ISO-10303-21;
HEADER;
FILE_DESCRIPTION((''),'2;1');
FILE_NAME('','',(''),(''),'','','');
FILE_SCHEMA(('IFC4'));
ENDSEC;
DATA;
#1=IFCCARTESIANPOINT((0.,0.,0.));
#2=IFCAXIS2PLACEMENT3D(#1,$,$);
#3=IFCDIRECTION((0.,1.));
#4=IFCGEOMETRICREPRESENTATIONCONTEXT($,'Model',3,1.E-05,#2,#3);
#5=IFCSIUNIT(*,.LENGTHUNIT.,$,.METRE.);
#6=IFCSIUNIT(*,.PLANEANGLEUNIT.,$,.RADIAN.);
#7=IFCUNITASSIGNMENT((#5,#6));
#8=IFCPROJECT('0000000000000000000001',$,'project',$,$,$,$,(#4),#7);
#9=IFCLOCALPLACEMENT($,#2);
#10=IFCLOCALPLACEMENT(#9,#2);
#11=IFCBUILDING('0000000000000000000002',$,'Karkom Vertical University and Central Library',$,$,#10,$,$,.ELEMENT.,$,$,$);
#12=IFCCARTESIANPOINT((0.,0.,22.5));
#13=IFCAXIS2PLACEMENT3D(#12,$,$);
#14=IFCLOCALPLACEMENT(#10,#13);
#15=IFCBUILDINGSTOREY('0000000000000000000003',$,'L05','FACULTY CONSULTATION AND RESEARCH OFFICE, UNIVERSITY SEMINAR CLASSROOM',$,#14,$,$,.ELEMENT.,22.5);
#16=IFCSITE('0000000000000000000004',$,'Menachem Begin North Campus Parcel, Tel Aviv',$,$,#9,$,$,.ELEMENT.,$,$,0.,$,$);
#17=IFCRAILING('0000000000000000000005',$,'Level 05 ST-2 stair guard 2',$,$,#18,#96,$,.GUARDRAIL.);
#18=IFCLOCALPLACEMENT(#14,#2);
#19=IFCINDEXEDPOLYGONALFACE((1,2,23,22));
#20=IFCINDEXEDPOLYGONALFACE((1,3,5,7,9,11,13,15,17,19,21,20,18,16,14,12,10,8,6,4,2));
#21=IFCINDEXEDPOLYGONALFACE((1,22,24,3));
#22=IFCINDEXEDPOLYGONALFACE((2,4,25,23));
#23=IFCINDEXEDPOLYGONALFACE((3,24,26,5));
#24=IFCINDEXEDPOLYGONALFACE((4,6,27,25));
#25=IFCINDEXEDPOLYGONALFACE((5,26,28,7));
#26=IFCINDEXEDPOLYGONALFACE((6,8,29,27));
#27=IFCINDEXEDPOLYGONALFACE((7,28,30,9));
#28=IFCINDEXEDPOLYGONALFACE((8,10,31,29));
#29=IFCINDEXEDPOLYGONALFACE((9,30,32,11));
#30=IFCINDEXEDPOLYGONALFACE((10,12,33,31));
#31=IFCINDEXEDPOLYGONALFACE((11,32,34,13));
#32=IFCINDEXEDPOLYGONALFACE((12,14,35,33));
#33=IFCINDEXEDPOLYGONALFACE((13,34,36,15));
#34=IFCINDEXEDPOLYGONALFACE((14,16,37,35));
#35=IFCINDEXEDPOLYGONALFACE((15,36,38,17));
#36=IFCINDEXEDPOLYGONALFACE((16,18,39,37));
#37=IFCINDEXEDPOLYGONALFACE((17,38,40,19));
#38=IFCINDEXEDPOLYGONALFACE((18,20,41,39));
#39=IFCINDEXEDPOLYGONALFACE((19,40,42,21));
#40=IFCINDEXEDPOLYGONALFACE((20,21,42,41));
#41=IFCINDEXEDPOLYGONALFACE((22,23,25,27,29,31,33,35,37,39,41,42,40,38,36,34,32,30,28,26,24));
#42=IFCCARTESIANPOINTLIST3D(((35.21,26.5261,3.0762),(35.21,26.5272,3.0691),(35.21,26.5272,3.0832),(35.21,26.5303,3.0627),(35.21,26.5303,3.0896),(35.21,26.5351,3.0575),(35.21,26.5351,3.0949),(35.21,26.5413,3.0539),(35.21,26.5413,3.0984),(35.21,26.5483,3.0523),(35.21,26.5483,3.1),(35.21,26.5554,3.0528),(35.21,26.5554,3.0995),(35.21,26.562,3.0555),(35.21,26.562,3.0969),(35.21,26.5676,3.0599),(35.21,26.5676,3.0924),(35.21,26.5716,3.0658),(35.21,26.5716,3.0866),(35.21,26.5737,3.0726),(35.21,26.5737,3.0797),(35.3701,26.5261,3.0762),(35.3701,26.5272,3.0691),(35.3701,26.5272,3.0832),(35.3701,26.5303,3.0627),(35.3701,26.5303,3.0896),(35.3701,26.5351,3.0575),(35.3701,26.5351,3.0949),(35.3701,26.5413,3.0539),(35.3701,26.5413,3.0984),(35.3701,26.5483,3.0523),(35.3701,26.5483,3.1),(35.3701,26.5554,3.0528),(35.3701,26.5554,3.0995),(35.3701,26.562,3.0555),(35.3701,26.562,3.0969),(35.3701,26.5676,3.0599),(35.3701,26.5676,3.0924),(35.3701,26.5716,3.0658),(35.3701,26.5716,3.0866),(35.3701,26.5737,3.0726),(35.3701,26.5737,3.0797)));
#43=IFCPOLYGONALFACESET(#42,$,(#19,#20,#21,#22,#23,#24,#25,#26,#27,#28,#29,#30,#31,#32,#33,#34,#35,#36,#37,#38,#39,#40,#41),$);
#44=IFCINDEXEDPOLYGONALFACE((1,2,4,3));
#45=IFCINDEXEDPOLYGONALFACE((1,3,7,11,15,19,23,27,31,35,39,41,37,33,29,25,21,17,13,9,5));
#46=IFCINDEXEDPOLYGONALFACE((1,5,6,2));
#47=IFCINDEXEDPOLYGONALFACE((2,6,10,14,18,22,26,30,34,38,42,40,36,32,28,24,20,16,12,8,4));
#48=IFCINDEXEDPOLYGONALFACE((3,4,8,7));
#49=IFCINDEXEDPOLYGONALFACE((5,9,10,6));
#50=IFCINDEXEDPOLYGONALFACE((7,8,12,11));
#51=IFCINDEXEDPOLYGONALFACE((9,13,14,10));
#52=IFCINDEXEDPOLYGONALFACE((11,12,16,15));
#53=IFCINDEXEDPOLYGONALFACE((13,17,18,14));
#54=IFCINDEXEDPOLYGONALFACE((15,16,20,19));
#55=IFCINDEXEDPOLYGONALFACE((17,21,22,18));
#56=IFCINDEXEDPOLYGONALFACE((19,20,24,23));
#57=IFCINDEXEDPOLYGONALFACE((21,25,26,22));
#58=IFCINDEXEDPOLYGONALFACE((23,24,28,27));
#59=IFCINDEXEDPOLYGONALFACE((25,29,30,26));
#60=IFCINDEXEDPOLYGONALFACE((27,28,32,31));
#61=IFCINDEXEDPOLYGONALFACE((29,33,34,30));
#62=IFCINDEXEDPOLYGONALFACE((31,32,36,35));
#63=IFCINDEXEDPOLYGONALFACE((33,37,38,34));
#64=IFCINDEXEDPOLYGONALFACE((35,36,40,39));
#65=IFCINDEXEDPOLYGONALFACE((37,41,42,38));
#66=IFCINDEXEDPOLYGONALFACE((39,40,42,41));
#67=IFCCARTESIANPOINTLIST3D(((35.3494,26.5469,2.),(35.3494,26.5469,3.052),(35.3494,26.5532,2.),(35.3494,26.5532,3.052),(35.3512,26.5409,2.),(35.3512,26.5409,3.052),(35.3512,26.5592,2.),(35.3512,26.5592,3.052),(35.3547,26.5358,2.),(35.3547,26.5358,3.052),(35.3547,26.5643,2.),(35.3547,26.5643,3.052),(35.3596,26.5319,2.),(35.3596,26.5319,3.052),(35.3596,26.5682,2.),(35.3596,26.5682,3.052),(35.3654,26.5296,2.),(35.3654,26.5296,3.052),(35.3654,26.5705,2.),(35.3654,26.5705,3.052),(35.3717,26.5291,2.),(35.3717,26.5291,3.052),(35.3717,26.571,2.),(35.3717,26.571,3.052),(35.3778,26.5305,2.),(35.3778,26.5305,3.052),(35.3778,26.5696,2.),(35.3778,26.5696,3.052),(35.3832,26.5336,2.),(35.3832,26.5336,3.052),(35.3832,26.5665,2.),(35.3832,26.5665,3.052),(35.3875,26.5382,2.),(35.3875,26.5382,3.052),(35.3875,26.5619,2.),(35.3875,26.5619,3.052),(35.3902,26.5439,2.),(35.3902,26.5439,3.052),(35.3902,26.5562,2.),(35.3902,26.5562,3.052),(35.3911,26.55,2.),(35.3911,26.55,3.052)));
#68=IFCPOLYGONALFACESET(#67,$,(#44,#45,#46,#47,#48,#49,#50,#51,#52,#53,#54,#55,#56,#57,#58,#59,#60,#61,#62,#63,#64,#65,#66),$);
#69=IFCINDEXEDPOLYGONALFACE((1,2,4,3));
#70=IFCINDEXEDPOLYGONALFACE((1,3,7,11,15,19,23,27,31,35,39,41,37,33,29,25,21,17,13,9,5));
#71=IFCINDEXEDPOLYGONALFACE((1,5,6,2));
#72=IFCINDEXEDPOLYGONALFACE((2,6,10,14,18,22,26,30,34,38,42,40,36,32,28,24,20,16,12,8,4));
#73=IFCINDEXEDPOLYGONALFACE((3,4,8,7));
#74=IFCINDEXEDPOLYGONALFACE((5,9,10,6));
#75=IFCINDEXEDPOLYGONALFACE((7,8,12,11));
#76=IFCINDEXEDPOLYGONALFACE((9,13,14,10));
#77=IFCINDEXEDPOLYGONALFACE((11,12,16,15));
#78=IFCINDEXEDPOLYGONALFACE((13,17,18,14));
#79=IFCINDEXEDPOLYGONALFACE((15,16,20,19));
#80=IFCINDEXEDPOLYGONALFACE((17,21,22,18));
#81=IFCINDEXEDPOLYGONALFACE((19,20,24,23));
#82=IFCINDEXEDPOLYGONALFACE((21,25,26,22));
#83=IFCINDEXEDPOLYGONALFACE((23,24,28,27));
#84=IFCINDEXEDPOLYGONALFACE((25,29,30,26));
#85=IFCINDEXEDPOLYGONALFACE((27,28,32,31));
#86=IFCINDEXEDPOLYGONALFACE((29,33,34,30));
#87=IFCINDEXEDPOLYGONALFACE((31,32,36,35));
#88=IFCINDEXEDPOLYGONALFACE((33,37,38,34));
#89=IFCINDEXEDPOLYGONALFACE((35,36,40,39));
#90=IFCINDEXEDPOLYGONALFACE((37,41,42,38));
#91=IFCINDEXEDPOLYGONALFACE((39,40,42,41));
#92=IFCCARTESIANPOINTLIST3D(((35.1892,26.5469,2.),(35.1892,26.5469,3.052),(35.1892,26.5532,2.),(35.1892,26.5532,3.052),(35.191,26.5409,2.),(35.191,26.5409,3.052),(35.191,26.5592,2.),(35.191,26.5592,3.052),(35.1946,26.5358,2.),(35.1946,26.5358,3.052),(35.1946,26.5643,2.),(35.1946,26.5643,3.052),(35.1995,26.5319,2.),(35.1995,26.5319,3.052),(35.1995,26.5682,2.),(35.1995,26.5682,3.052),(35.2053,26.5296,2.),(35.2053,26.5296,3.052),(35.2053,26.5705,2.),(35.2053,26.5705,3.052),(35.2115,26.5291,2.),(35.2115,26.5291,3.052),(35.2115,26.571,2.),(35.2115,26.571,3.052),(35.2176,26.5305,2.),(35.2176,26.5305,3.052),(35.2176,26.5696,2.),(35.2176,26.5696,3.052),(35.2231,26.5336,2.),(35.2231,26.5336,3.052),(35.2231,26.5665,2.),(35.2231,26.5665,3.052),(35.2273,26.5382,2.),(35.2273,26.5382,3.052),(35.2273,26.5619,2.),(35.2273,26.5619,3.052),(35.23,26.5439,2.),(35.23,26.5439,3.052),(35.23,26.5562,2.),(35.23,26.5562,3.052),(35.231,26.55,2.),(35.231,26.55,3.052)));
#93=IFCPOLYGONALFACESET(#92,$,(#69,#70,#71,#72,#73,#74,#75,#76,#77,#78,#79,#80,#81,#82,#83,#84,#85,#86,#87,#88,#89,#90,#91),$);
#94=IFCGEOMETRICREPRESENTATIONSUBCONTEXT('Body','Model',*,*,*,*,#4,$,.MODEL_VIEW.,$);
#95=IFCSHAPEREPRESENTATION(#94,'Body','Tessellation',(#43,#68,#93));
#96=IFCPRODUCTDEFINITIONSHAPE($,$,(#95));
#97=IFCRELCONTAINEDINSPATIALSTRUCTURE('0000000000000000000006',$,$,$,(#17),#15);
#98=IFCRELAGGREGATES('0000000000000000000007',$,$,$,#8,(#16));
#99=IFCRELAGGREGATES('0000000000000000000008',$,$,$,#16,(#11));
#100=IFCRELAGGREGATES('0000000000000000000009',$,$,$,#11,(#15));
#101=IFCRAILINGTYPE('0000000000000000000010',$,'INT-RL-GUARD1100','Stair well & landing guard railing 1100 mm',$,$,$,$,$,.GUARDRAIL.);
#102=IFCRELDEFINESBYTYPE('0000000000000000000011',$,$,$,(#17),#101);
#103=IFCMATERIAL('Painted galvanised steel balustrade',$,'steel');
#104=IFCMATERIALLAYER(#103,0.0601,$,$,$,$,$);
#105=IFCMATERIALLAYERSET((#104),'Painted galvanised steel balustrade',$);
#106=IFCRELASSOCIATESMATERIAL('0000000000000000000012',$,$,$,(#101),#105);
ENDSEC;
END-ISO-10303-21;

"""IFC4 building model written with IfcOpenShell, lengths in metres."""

from ifc_helpers import new_model, si_unit, direction, frame, origin, origin_2d, place, context, subcontext, project, spatial, circle, extrude, material, layer, layer_set, type_object, element, save


model = new_model("IFC4")

# Units and contexts
model_context = context("Model", 3, precision=1e-05, world=origin(), true_north=direction((0.0, 1.0)))
body_context = subcontext(model_context, "Body", "Model", "MODEL_VIEW")
ifc_project = project(units=[si_unit("LENGTHUNIT", "METRE"), si_unit("PLANEANGLEUNIT", "RADIAN")], contexts=[model_context])

# Site, building, storey
site_placement = place(None, origin())
site = spatial("IfcSite", under=ifc_project, at=site_placement, Name="Menachem Begin North Campus Parcel, Tel Aviv", CompositionType="ELEMENT", RefElevation=0.0)
building_placement = place(site_placement, origin())
building = spatial("IfcBuilding", under=site, at=building_placement, Name="Karkom Vertical University and Central Library", CompositionType="ELEMENT")
storey_placement = place(building_placement, frame((0.0, 0.0, 22.5)))
storey = spatial("IfcBuildingStorey", under=building, at=storey_placement, Name="L05", Description="FACULTY CONSULTATION AND RESEARCH OFFICE, UNIVERSITY SEMINAR CLASSROOM", CompositionType="ELEMENT", Elevation=22.5)

# Railing
ifc_material_1 = material(Name="Painted galvanised steel balustrade", Category="steel")
ifc_layer_1 = layer(ifc_material_1, 0.0601)
ifc_layer_set_1 = layer_set([ifc_layer_1], Name="Painted galvanised steel balustrade")
railing_type_1 = type_object("IfcRailingType", Name="INT-RL-GUARD1100", Description="Stair well & landing guard railing 1100 mm", PredefinedType="GUARDRAIL", material=ifc_layer_set_1)
for number, where, name in (
    (1, (35.3701, 26.55, 2.0), "Level 05 ST-2 stair guard 2"),
):
    element("IfcRailing", number, at=place(storey_placement, frame(where)), inside=storey, type_object=railing_type_1, Name=name, PredefinedType="GUARDRAIL", context=body_context, shape_type="SweptSolid", body=[
        extrude(circle(Radius=0.0239, at=origin_2d()), frame((0.0, 0.0, 1.0762), z_axis=(-1.0, 0.0, 0.0), x_axis=(0.0, -1.0, 0.0)), (0.0, 0.0, 1.0), 0.1602),
        extrude(circle(Radius=0.021, at=origin_2d()), origin(), (0.0, 0.0, 1.0), 1.052),
        extrude(circle(Radius=0.021, at=origin_2d()), frame((-0.1602, 0.0, 0.0)), (0.0, 0.0, 1.0), 1.052),
    ])

save(model, "model.ifc")
